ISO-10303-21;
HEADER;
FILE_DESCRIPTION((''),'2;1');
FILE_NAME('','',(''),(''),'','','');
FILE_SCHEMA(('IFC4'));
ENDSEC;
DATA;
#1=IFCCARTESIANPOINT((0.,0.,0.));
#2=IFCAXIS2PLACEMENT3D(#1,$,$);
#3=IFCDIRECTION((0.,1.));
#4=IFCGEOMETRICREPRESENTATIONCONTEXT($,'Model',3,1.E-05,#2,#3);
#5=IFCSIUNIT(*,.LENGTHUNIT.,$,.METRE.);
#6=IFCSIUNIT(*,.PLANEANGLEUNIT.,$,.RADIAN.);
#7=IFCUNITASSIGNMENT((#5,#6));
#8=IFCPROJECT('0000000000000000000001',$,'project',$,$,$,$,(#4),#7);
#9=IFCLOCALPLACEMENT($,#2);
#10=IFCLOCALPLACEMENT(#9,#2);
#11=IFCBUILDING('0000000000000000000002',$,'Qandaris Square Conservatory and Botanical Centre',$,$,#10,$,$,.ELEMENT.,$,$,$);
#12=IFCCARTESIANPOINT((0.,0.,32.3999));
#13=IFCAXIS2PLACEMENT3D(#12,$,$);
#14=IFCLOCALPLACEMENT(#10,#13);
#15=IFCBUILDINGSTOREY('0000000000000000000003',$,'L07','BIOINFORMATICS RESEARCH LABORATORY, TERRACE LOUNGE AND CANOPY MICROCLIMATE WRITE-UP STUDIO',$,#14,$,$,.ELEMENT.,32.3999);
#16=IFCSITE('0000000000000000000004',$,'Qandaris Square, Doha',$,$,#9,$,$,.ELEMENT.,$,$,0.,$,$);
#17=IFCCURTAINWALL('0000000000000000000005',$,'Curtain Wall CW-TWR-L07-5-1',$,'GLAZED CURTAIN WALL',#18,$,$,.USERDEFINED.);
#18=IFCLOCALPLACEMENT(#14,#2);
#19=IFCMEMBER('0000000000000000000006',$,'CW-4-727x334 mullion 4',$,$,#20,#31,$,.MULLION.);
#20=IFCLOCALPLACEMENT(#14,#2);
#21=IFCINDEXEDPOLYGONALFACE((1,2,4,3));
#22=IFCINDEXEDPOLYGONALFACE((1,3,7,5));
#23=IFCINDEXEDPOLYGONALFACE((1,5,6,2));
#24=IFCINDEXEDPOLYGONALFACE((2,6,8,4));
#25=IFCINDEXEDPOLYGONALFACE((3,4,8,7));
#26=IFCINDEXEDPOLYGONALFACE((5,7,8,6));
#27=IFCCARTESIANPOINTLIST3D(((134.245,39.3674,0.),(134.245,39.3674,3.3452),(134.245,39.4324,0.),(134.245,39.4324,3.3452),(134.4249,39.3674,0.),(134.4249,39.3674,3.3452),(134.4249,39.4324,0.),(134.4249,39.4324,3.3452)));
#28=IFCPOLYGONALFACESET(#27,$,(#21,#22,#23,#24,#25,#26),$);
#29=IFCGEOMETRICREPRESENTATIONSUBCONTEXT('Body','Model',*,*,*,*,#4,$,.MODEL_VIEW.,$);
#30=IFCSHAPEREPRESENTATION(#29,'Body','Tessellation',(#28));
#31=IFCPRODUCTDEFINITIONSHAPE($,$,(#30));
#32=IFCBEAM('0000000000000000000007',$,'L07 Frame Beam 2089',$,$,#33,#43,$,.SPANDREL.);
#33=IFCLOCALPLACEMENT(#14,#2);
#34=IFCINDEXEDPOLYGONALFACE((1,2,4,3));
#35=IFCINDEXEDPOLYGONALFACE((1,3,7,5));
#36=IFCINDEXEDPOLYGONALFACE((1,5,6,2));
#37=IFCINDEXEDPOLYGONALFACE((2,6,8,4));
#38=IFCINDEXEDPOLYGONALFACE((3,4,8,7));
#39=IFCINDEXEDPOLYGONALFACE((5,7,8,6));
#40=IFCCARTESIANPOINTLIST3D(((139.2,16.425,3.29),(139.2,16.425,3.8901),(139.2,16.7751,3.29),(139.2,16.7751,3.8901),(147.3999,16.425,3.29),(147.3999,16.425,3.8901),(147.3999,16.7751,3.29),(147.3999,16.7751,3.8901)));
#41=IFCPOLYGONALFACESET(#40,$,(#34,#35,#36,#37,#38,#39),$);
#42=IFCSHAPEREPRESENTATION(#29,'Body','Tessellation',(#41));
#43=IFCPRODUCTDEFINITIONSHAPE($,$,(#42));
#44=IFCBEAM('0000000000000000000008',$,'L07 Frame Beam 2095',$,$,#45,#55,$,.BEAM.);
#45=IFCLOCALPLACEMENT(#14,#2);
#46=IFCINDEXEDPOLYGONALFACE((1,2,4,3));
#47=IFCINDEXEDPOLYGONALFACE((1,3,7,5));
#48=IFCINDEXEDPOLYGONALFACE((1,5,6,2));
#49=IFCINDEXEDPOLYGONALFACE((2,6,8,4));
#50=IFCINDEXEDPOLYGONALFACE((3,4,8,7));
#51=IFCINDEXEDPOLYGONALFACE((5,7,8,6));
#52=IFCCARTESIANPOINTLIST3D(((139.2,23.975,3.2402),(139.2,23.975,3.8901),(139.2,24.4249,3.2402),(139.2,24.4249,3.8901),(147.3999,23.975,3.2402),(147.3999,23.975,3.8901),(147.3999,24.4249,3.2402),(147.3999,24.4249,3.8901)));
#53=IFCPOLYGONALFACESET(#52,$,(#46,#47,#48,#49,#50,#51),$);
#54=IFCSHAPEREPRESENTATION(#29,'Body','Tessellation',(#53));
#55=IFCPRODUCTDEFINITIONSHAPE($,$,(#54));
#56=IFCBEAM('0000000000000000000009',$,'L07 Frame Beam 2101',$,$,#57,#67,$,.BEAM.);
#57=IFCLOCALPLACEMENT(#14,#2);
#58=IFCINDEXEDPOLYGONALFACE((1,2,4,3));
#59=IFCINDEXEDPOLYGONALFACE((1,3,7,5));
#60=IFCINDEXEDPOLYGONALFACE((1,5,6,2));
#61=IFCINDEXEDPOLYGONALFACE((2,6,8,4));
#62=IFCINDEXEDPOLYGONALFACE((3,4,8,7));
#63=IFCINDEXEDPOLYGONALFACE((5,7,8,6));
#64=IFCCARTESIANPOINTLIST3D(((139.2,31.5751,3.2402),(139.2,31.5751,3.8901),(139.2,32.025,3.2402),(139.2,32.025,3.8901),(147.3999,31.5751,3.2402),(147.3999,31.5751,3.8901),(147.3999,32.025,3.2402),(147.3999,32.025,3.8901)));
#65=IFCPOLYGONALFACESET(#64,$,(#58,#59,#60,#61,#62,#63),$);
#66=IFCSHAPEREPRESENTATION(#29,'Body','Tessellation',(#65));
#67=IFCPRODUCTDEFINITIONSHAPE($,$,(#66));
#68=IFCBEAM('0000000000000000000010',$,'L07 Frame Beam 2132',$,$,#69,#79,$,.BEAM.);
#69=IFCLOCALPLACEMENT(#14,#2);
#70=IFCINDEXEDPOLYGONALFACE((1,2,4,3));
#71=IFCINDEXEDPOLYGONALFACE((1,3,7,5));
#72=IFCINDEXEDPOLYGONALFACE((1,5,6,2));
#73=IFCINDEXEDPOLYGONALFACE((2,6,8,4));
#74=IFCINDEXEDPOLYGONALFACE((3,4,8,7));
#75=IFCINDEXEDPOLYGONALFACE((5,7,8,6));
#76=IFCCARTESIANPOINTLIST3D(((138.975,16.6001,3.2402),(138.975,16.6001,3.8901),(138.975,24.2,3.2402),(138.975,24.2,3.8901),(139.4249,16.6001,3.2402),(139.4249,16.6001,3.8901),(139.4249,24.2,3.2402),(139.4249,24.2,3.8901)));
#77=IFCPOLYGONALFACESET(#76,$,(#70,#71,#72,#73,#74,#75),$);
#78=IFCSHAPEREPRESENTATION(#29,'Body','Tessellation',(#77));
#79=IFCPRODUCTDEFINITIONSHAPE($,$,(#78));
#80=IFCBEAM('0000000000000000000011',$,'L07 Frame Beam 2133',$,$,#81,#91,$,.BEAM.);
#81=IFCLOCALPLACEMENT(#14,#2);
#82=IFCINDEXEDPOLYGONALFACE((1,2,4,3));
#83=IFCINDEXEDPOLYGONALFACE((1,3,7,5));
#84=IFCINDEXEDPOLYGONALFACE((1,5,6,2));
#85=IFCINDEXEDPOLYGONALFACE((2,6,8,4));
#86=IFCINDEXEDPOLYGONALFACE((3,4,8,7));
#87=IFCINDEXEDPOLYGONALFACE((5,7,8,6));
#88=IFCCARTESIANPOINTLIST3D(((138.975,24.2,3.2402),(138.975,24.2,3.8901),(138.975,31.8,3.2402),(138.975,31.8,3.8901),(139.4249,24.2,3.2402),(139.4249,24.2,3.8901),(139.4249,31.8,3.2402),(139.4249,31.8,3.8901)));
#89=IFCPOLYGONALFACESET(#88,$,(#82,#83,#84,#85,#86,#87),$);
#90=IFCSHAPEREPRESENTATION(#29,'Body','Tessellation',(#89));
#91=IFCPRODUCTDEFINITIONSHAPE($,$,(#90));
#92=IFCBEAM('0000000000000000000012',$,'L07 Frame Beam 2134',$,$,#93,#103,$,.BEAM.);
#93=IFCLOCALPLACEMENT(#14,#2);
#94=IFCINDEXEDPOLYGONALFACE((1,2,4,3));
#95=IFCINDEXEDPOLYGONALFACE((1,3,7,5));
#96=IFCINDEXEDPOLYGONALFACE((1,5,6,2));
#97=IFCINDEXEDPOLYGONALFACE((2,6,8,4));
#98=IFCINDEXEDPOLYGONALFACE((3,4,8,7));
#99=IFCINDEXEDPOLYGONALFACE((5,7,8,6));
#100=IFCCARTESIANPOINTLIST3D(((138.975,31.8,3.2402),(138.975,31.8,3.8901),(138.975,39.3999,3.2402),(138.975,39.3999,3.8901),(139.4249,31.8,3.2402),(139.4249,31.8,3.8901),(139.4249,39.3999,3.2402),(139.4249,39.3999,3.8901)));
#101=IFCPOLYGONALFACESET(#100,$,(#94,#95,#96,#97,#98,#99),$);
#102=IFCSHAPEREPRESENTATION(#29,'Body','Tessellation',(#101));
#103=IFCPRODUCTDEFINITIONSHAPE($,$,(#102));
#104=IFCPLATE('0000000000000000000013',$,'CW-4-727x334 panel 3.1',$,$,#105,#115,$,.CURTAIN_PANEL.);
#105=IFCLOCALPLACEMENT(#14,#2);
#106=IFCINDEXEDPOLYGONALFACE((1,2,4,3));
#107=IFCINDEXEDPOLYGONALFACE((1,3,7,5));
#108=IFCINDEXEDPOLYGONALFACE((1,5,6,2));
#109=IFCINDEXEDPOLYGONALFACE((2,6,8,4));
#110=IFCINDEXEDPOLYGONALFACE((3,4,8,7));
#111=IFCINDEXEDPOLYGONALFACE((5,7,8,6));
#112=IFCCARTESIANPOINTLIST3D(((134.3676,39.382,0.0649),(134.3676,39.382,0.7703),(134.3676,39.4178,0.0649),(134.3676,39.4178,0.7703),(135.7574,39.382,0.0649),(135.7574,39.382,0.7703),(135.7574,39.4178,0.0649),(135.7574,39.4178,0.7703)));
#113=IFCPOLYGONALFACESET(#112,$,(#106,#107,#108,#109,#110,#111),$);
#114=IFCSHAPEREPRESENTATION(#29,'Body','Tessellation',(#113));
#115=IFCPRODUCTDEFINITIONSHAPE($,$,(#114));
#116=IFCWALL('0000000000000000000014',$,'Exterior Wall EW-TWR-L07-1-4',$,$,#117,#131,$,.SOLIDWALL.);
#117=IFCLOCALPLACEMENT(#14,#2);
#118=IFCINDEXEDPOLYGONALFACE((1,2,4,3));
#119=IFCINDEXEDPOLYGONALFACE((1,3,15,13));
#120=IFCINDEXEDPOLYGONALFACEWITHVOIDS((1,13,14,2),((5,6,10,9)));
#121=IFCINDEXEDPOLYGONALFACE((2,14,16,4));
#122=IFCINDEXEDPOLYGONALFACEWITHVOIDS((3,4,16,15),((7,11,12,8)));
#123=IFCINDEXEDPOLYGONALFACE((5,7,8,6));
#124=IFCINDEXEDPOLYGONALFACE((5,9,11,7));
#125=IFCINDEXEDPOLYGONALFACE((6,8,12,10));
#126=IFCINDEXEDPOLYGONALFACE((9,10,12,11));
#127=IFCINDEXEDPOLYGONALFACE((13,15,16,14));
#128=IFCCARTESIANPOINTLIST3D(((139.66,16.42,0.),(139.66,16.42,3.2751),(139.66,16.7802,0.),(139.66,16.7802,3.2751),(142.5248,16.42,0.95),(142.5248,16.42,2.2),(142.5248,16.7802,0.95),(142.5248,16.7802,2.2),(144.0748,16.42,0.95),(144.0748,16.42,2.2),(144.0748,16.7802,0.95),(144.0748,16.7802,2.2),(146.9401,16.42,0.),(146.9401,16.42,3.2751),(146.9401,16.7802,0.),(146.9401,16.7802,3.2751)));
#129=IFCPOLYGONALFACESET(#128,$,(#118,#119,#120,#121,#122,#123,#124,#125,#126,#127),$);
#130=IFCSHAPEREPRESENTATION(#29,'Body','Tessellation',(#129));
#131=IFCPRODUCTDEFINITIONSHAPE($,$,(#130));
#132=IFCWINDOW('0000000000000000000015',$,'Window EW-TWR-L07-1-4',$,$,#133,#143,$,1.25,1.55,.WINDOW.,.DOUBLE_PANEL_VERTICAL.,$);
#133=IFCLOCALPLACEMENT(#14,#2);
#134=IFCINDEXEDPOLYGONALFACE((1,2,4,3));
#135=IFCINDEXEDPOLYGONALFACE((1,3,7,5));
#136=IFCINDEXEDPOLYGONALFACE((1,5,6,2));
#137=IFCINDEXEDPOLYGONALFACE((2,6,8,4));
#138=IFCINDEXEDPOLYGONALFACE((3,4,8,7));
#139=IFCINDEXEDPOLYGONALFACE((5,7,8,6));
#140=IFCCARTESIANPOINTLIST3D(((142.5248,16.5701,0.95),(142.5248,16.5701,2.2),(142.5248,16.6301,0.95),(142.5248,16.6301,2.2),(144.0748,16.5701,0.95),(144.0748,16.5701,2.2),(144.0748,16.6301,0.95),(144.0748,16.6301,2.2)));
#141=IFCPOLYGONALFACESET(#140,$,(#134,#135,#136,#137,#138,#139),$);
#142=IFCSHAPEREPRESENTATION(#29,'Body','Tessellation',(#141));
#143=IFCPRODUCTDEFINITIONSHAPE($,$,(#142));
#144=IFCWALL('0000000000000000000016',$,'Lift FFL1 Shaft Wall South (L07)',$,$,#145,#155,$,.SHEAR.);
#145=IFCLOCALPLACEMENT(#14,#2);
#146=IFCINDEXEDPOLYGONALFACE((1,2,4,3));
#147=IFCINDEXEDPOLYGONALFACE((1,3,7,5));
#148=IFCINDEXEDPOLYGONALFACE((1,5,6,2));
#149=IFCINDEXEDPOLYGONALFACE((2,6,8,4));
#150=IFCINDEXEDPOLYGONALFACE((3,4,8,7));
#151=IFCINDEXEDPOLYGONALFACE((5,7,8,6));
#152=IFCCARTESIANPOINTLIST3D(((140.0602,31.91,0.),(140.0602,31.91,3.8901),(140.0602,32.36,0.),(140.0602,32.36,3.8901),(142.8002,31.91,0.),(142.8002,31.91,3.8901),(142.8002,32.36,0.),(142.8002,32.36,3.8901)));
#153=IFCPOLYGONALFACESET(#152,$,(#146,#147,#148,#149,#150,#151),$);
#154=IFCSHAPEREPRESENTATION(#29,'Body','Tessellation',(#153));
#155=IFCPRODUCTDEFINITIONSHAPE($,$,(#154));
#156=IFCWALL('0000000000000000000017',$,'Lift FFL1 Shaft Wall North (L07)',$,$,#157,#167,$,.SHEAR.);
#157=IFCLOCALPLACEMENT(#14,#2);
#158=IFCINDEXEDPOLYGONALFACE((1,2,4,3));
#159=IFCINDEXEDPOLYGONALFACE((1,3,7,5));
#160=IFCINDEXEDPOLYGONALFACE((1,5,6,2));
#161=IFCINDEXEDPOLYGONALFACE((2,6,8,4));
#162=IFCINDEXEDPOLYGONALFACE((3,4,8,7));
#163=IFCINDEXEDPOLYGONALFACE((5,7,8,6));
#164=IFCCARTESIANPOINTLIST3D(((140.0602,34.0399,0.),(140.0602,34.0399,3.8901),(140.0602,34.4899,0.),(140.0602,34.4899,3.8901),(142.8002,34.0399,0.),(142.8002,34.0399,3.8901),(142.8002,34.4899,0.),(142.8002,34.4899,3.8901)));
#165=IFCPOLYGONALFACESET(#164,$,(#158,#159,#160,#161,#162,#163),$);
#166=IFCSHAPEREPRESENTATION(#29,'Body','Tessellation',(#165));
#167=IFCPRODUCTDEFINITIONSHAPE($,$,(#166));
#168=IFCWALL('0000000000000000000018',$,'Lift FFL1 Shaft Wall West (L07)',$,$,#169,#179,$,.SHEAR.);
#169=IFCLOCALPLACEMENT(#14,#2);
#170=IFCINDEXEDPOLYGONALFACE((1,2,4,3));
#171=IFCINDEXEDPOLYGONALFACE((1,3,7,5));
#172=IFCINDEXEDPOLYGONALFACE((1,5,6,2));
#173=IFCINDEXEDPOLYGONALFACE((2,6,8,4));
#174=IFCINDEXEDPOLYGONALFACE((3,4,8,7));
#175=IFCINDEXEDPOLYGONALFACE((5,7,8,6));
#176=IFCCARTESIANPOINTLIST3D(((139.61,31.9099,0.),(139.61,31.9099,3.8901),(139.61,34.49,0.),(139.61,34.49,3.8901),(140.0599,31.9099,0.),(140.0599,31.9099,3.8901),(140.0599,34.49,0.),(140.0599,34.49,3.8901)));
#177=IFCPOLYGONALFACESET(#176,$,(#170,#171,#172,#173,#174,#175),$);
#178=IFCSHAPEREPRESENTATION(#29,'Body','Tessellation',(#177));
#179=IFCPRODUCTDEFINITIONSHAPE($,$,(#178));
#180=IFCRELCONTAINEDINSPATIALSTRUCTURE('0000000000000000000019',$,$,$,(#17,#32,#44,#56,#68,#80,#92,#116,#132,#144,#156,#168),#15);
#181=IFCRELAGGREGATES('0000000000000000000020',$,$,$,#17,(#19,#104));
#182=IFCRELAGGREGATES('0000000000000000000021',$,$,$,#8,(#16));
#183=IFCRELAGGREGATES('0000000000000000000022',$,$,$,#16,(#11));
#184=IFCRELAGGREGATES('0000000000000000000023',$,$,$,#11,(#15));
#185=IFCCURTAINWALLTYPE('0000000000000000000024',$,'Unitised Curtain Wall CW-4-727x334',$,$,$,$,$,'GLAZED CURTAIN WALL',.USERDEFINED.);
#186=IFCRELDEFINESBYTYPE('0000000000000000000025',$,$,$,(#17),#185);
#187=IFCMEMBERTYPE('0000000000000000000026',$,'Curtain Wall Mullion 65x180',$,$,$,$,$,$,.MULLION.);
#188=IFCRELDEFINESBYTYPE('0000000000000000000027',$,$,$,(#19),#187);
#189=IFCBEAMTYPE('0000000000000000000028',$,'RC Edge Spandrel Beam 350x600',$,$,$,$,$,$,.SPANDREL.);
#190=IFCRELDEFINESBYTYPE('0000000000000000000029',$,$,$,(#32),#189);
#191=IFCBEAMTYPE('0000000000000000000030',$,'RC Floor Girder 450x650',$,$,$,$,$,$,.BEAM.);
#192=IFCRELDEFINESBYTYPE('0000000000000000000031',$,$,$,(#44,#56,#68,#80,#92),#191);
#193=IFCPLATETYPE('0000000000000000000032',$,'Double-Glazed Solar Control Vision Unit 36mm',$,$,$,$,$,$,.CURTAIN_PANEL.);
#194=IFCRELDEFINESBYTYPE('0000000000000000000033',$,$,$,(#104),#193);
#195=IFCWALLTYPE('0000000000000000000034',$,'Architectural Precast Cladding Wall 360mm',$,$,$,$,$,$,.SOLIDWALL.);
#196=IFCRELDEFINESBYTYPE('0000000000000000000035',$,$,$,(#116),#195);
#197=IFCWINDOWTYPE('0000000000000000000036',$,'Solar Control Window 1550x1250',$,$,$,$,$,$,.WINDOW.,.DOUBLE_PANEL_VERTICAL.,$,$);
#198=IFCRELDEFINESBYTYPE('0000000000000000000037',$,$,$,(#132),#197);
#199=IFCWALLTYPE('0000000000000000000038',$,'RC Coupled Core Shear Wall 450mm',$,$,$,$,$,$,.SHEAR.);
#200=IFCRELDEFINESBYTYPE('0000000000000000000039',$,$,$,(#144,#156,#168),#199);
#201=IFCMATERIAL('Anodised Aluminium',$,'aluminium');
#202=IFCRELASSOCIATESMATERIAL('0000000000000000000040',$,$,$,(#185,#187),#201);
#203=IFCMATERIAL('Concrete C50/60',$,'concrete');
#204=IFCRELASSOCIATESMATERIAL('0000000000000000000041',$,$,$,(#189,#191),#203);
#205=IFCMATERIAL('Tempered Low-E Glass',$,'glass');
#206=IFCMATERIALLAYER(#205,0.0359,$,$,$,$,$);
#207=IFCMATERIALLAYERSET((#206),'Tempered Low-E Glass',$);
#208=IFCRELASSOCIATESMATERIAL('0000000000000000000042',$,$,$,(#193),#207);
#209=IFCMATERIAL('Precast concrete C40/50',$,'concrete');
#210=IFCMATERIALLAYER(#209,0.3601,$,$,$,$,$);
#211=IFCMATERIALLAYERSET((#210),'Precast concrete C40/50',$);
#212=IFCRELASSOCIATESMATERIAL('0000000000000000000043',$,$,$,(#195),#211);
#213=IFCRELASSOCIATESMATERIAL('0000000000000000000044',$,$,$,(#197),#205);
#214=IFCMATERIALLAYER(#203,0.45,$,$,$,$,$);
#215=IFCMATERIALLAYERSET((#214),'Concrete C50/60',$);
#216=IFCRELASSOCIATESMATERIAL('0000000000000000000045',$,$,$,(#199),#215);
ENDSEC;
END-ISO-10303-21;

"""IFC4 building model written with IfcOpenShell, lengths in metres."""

from ifc_helpers import new_model, si_unit, direction, frame, frame_2d, origin, origin_2d, place, context, subcontext, project, spatial, rectangle, extrude, material, layer, layer_set, material_profile, profile_set, type_object, element, fill, aggregate, save


model = new_model("IFC4")

# Units and contexts
model_context = context("Model", 3, precision=1e-05, world=origin(), true_north=direction((0.0, 1.0)))
body_context = subcontext(model_context, "Body", "Model", "MODEL_VIEW")
ifc_project = project(units=[si_unit("LENGTHUNIT", "METRE"), si_unit("PLANEANGLEUNIT", "RADIAN")], contexts=[model_context])

# Site, building, storey
site_placement = place(None, origin())
site = spatial("IfcSite", under=ifc_project, at=site_placement, Name="Qandaris Square, Doha", CompositionType="ELEMENT", RefElevation=0.0)
building_placement = place(site_placement, origin())
building = spatial("IfcBuilding", under=site, at=building_placement, Name="Qandaris Square Conservatory and Botanical Centre", CompositionType="ELEMENT")
storey_placement = place(building_placement, frame((0.0, 0.0, 32.3999)))
storey = spatial("IfcBuildingStorey", under=building, at=storey_placement, Name="L07", Description="BIOINFORMATICS RESEARCH LABORATORY, TERRACE LOUNGE AND CANOPY MICROCLIMATE WRITE-UP STUDIO", CompositionType="ELEMENT", Elevation=32.3999)

# Shared definitions
ifc_material_1 = material(Name="Concrete C50/60", Category="concrete")

# Curtain wall, member
ifc_material_2 = material(Name="Anodised Aluminium", Category="aluminium")
curtain_wall_type = type_object("IfcCurtainWallType", Name="Unitised Curtain Wall CW-4-727x334", ElementType="GLAZED CURTAIN WALL", PredefinedType="USERDEFINED", material=ifc_material_2)
curtain_wall_placement = place(storey_placement, origin())
curtain_wall = element("IfcCurtainWall", 1, at=curtain_wall_placement, inside=storey, type_object=curtain_wall_type, Name="Curtain Wall CW-TWR-L07-5-1", ObjectType="GLAZED CURTAIN WALL", PredefinedType="USERDEFINED")
ifc_material_profile_1 = material_profile(ifc_material_2, rectangle(XDim=0.0649, YDim=0.1799, at=origin_2d()), Name="ALU-MUL 65x180")
ifc_profile_set_1 = profile_set([ifc_material_profile_1], Name="Anodised Aluminium")
member_type = type_object("IfcMemberType", Name="Curtain Wall Mullion 65x180", PredefinedType="MULLION", material=ifc_profile_set_1)
member_placement = place(storey_placement, frame((134.335, 39.3999, 0.0), z_axis=(0.0, 0.0, 1.0), x_axis=(0.0, -1.0, 0.0)))
member = element("IfcMember", 2, at=member_placement, type_object=member_type, Name="CW-4-727x334 mullion 4", PredefinedType="MULLION", context=body_context, shape_type="SweptSolid", body=[
    extrude(rectangle(XDim=0.0649, YDim=0.1799, at=origin_2d()), origin(), (0.0, 0.0, 1.0), 3.3452),
])

# Beams
ifc_material_profile_2 = material_profile(ifc_material_1, rectangle(XDim=0.3501, YDim=0.6001, at=origin_2d()), Name="RC-SP 350x600")
ifc_profile_set_2 = profile_set([ifc_material_profile_2], Name="Concrete C50/60")
beam_type_1 = type_object("IfcBeamType", Name="RC Edge Spandrel Beam 350x600", PredefinedType="SPANDREL", material=ifc_profile_set_2)
beam_1_placement = place(storey_placement, frame((139.2, 16.6001, 3.5901), z_axis=(1.0, 0.0, 0.0), x_axis=(0.0, 1.0, 0.0)))
element("IfcBeam", 3, at=beam_1_placement, inside=storey, type_object=beam_type_1, Name="L07 Frame Beam 2089", PredefinedType="SPANDREL", context=body_context, shape_type="SweptSolid", body=[
    extrude(rectangle(XDim=0.3501, YDim=0.6001, at=origin_2d()), origin(), (0.0, 0.0, 1.0), 8.2),
])
ifc_material_profile_3 = material_profile(ifc_material_1, rectangle(XDim=0.45, YDim=0.6499, at=origin_2d()), Name="RC-BM 450x650")
ifc_profile_set_3 = profile_set([ifc_material_profile_3], Name="Concrete C50/60")
beam_type_2 = type_object("IfcBeamType", Name="RC Floor Girder 450x650", PredefinedType="BEAM", material=ifc_profile_set_3)
for number, where, z_axis, x_axis, name in (
    (4, (139.2, 24.2, 3.5652), (1.0, 0.0, 0.0), (0.0, 1.0, 0.0), "L07 Frame Beam 2095"),
    (5, (139.2, 31.8, 3.5652), (1.0, 0.0, 0.0), (0.0, 1.0, 0.0), "L07 Frame Beam 2101"),
):
    element("IfcBeam", number, at=place(storey_placement, frame(where, z_axis=z_axis, x_axis=x_axis)), inside=storey, type_object=beam_type_2, Name=name, PredefinedType="BEAM", context=body_context, shape_type="SweptSolid", body=[
        extrude(rectangle(XDim=0.45, YDim=0.6499, at=origin_2d()), origin(), (0.0, 0.0, 1.0), 8.2),
    ])
beam_2_placement = place(storey_placement, frame((139.2, 16.6001, 3.5652), z_axis=(0.0, 1.0, 0.0), x_axis=(-1.0, 0.0, 0.0)))
element("IfcBeam", 6, at=beam_2_placement, inside=storey, type_object=beam_type_2, Name="L07 Frame Beam 2132", PredefinedType="BEAM", context=body_context, shape_type="SweptSolid", body=[
    extrude(rectangle(XDim=0.45, YDim=0.6499, at=origin_2d()), origin(), (0.0, 0.0, 1.0), 7.5999),
])
beam_3_placement = place(storey_placement, frame((139.2, 24.2, 3.5652), z_axis=(0.0, 1.0, 0.0), x_axis=(-1.0, 0.0, 0.0)))
element("IfcBeam", 7, at=beam_3_placement, inside=storey, type_object=beam_type_2, Name="L07 Frame Beam 2133", PredefinedType="BEAM", context=body_context, shape_type="SweptSolid", body=[
    extrude(rectangle(XDim=0.45, YDim=0.6499, at=origin_2d()), origin(), (0.0, 0.0, 1.0), 7.6001),
])
beam_4_placement = place(storey_placement, frame((139.2, 31.8, 3.5652), z_axis=(0.0, 1.0, 0.0), x_axis=(-1.0, 0.0, 0.0)))
element("IfcBeam", 8, at=beam_4_placement, inside=storey, type_object=beam_type_2, Name="L07 Frame Beam 2134", PredefinedType="BEAM", context=body_context, shape_type="SweptSolid", body=[
    extrude(rectangle(XDim=0.45, YDim=0.6499, at=origin_2d()), origin(), (0.0, 0.0, 1.0), 7.5999),
])

# Plate
ifc_material_3 = material(Name="Tempered Low-E Glass", Category="glass")
ifc_layer_1 = layer(ifc_material_3, 0.0359)
ifc_layer_set_1 = layer_set([ifc_layer_1], Name="Tempered Low-E Glass")
plate_type = type_object("IfcPlateType", Name="Double-Glazed Solar Control Vision Unit 36mm", PredefinedType="CURTAIN_PANEL", material=ifc_layer_set_1)
plate_placement = place(storey_placement, frame((135.0625, 39.3999, 0.0649), z_axis=(0.0, 0.0, 1.0), x_axis=(-1.0, 0.0, 0.0)))
plate = element("IfcPlate", 9, at=plate_placement, type_object=plate_type, Name="CW-4-727x334 panel 3.1", PredefinedType="CURTAIN_PANEL", context=body_context, shape_type="SweptSolid", body=[
    extrude(rectangle(XDim=1.3899, YDim=0.0359, at=origin_2d()), origin(), (0.0, 0.0, 1.0), 0.7053),
])
aggregate(curtain_wall, [member, plate])

# Wall, opening, window
ifc_material_4 = material(Name="Precast concrete C40/50", Category="concrete")
ifc_layer_2 = layer(ifc_material_4, 0.3601)
ifc_layer_set_2 = layer_set([ifc_layer_2], Name="Precast concrete C40/50")
wall_type_1 = type_object("IfcWallType", Name="Architectural Precast Cladding Wall 360mm", PredefinedType="SOLIDWALL", material=ifc_layer_set_2)
wall_1_placement = place(storey_placement, frame((139.6599, 16.6001, 0.0), z_axis=(0.0, 0.0, 1.0), x_axis=(1.0, 0.0, 0.0)))
wall_1 = element("IfcWall", 10, at=wall_1_placement, inside=storey, type_object=wall_type_1, Name="Exterior Wall EW-TWR-L07-1-4", PredefinedType="SOLIDWALL", context=body_context, shape_type="SweptSolid", body=[
    extrude(rectangle(XDim=7.28, YDim=0.3601, at=frame_2d((3.6401, 0.0))), origin(), (0.0, 0.0, 1.0), 3.2751),
])
opening_1_placement = place(wall_1_placement, frame((2.865, 0.0, 0.95)))
opening_1 = element("IfcOpeningElement", 11, at=opening_1_placement, cuts=wall_1, PredefinedType="OPENING", context=body_context, shape_type="SweptSolid", body=[
    extrude(rectangle(XDim=1.55, YDim=1.25, at=frame_2d((0.7749, 0.625))), frame((0.0, 0.1919, 0.0), z_axis=(0.0, -1.0, 0.0), x_axis=(1.0, 0.0, 0.0)), (0.0, 0.0, 1.0), 0.384),
])
window_type = type_object("IfcWindowType", Name="Solar Control Window 1550x1250", PartitioningType="DOUBLE_PANEL_VERTICAL", PredefinedType="WINDOW", material=ifc_material_3)
window_placement = place(opening_1_placement, origin())
window = element("IfcWindow", 12, at=window_placement, inside=storey, type_object=window_type, Name="Window EW-TWR-L07-1-4", OverallHeight=1.25, OverallWidth=1.55, PartitioningType="DOUBLE_PANEL_VERTICAL", PredefinedType="WINDOW", context=body_context, shape_type="SweptSolid", body=[
    extrude(rectangle(XDim=1.55, YDim=1.25, at=frame_2d((0.7749, 0.625))), frame((0.0, 0.03, 0.0), z_axis=(0.0, -1.0, 0.0), x_axis=(1.0, 0.0, 0.0)), (0.0, 0.0, 1.0), 0.0601),
])
fill(opening_1, window)

# Walls
ifc_layer_3 = layer(ifc_material_1, 0.45)
ifc_layer_set_3 = layer_set([ifc_layer_3], Name="Concrete C50/60")
wall_type_2 = type_object("IfcWallType", Name="RC Coupled Core Shear Wall 450mm", PredefinedType="SHEAR", material=ifc_layer_set_3)
for number, where, z_axis, x_axis, name in (
    (13, (140.0601, 32.135, 0.0), (0.0, 0.0, 1.0), (1.0, 0.0, 0.0), "Lift FFL1 Shaft Wall South (L07)"),
    (14, (140.0601, 34.2649, 0.0), (0.0, 0.0, 1.0), (1.0, 0.0, 0.0), "Lift FFL1 Shaft Wall North (L07)"),
):
    element("IfcWall", number, at=place(storey_placement, frame(where, z_axis=z_axis, x_axis=x_axis)), inside=storey, type_object=wall_type_2, Name=name, PredefinedType="SHEAR", context=body_context, shape_type="SweptSolid", body=[
        extrude(rectangle(XDim=2.74, YDim=0.45, at=frame_2d((1.3701, 0.0))), origin(), (0.0, 0.0, 1.0), 3.8901),
    ])
wall_2_placement = place(storey_placement, frame((139.835, 31.9099, 0.0), z_axis=(0.0, 0.0, 1.0), x_axis=(0.0, 1.0, 0.0)))
element("IfcWall", 15, at=wall_2_placement, inside=storey, type_object=wall_type_2, Name="Lift FFL1 Shaft Wall West (L07)", PredefinedType="SHEAR", context=body_context, shape_type="SweptSolid", body=[
    extrude(rectangle(XDim=2.5801, YDim=0.45, at=frame_2d((1.29, 0.0))), origin(), (0.0, 0.0, 1.0), 3.8901),
])

save(model, "model.ifc")
